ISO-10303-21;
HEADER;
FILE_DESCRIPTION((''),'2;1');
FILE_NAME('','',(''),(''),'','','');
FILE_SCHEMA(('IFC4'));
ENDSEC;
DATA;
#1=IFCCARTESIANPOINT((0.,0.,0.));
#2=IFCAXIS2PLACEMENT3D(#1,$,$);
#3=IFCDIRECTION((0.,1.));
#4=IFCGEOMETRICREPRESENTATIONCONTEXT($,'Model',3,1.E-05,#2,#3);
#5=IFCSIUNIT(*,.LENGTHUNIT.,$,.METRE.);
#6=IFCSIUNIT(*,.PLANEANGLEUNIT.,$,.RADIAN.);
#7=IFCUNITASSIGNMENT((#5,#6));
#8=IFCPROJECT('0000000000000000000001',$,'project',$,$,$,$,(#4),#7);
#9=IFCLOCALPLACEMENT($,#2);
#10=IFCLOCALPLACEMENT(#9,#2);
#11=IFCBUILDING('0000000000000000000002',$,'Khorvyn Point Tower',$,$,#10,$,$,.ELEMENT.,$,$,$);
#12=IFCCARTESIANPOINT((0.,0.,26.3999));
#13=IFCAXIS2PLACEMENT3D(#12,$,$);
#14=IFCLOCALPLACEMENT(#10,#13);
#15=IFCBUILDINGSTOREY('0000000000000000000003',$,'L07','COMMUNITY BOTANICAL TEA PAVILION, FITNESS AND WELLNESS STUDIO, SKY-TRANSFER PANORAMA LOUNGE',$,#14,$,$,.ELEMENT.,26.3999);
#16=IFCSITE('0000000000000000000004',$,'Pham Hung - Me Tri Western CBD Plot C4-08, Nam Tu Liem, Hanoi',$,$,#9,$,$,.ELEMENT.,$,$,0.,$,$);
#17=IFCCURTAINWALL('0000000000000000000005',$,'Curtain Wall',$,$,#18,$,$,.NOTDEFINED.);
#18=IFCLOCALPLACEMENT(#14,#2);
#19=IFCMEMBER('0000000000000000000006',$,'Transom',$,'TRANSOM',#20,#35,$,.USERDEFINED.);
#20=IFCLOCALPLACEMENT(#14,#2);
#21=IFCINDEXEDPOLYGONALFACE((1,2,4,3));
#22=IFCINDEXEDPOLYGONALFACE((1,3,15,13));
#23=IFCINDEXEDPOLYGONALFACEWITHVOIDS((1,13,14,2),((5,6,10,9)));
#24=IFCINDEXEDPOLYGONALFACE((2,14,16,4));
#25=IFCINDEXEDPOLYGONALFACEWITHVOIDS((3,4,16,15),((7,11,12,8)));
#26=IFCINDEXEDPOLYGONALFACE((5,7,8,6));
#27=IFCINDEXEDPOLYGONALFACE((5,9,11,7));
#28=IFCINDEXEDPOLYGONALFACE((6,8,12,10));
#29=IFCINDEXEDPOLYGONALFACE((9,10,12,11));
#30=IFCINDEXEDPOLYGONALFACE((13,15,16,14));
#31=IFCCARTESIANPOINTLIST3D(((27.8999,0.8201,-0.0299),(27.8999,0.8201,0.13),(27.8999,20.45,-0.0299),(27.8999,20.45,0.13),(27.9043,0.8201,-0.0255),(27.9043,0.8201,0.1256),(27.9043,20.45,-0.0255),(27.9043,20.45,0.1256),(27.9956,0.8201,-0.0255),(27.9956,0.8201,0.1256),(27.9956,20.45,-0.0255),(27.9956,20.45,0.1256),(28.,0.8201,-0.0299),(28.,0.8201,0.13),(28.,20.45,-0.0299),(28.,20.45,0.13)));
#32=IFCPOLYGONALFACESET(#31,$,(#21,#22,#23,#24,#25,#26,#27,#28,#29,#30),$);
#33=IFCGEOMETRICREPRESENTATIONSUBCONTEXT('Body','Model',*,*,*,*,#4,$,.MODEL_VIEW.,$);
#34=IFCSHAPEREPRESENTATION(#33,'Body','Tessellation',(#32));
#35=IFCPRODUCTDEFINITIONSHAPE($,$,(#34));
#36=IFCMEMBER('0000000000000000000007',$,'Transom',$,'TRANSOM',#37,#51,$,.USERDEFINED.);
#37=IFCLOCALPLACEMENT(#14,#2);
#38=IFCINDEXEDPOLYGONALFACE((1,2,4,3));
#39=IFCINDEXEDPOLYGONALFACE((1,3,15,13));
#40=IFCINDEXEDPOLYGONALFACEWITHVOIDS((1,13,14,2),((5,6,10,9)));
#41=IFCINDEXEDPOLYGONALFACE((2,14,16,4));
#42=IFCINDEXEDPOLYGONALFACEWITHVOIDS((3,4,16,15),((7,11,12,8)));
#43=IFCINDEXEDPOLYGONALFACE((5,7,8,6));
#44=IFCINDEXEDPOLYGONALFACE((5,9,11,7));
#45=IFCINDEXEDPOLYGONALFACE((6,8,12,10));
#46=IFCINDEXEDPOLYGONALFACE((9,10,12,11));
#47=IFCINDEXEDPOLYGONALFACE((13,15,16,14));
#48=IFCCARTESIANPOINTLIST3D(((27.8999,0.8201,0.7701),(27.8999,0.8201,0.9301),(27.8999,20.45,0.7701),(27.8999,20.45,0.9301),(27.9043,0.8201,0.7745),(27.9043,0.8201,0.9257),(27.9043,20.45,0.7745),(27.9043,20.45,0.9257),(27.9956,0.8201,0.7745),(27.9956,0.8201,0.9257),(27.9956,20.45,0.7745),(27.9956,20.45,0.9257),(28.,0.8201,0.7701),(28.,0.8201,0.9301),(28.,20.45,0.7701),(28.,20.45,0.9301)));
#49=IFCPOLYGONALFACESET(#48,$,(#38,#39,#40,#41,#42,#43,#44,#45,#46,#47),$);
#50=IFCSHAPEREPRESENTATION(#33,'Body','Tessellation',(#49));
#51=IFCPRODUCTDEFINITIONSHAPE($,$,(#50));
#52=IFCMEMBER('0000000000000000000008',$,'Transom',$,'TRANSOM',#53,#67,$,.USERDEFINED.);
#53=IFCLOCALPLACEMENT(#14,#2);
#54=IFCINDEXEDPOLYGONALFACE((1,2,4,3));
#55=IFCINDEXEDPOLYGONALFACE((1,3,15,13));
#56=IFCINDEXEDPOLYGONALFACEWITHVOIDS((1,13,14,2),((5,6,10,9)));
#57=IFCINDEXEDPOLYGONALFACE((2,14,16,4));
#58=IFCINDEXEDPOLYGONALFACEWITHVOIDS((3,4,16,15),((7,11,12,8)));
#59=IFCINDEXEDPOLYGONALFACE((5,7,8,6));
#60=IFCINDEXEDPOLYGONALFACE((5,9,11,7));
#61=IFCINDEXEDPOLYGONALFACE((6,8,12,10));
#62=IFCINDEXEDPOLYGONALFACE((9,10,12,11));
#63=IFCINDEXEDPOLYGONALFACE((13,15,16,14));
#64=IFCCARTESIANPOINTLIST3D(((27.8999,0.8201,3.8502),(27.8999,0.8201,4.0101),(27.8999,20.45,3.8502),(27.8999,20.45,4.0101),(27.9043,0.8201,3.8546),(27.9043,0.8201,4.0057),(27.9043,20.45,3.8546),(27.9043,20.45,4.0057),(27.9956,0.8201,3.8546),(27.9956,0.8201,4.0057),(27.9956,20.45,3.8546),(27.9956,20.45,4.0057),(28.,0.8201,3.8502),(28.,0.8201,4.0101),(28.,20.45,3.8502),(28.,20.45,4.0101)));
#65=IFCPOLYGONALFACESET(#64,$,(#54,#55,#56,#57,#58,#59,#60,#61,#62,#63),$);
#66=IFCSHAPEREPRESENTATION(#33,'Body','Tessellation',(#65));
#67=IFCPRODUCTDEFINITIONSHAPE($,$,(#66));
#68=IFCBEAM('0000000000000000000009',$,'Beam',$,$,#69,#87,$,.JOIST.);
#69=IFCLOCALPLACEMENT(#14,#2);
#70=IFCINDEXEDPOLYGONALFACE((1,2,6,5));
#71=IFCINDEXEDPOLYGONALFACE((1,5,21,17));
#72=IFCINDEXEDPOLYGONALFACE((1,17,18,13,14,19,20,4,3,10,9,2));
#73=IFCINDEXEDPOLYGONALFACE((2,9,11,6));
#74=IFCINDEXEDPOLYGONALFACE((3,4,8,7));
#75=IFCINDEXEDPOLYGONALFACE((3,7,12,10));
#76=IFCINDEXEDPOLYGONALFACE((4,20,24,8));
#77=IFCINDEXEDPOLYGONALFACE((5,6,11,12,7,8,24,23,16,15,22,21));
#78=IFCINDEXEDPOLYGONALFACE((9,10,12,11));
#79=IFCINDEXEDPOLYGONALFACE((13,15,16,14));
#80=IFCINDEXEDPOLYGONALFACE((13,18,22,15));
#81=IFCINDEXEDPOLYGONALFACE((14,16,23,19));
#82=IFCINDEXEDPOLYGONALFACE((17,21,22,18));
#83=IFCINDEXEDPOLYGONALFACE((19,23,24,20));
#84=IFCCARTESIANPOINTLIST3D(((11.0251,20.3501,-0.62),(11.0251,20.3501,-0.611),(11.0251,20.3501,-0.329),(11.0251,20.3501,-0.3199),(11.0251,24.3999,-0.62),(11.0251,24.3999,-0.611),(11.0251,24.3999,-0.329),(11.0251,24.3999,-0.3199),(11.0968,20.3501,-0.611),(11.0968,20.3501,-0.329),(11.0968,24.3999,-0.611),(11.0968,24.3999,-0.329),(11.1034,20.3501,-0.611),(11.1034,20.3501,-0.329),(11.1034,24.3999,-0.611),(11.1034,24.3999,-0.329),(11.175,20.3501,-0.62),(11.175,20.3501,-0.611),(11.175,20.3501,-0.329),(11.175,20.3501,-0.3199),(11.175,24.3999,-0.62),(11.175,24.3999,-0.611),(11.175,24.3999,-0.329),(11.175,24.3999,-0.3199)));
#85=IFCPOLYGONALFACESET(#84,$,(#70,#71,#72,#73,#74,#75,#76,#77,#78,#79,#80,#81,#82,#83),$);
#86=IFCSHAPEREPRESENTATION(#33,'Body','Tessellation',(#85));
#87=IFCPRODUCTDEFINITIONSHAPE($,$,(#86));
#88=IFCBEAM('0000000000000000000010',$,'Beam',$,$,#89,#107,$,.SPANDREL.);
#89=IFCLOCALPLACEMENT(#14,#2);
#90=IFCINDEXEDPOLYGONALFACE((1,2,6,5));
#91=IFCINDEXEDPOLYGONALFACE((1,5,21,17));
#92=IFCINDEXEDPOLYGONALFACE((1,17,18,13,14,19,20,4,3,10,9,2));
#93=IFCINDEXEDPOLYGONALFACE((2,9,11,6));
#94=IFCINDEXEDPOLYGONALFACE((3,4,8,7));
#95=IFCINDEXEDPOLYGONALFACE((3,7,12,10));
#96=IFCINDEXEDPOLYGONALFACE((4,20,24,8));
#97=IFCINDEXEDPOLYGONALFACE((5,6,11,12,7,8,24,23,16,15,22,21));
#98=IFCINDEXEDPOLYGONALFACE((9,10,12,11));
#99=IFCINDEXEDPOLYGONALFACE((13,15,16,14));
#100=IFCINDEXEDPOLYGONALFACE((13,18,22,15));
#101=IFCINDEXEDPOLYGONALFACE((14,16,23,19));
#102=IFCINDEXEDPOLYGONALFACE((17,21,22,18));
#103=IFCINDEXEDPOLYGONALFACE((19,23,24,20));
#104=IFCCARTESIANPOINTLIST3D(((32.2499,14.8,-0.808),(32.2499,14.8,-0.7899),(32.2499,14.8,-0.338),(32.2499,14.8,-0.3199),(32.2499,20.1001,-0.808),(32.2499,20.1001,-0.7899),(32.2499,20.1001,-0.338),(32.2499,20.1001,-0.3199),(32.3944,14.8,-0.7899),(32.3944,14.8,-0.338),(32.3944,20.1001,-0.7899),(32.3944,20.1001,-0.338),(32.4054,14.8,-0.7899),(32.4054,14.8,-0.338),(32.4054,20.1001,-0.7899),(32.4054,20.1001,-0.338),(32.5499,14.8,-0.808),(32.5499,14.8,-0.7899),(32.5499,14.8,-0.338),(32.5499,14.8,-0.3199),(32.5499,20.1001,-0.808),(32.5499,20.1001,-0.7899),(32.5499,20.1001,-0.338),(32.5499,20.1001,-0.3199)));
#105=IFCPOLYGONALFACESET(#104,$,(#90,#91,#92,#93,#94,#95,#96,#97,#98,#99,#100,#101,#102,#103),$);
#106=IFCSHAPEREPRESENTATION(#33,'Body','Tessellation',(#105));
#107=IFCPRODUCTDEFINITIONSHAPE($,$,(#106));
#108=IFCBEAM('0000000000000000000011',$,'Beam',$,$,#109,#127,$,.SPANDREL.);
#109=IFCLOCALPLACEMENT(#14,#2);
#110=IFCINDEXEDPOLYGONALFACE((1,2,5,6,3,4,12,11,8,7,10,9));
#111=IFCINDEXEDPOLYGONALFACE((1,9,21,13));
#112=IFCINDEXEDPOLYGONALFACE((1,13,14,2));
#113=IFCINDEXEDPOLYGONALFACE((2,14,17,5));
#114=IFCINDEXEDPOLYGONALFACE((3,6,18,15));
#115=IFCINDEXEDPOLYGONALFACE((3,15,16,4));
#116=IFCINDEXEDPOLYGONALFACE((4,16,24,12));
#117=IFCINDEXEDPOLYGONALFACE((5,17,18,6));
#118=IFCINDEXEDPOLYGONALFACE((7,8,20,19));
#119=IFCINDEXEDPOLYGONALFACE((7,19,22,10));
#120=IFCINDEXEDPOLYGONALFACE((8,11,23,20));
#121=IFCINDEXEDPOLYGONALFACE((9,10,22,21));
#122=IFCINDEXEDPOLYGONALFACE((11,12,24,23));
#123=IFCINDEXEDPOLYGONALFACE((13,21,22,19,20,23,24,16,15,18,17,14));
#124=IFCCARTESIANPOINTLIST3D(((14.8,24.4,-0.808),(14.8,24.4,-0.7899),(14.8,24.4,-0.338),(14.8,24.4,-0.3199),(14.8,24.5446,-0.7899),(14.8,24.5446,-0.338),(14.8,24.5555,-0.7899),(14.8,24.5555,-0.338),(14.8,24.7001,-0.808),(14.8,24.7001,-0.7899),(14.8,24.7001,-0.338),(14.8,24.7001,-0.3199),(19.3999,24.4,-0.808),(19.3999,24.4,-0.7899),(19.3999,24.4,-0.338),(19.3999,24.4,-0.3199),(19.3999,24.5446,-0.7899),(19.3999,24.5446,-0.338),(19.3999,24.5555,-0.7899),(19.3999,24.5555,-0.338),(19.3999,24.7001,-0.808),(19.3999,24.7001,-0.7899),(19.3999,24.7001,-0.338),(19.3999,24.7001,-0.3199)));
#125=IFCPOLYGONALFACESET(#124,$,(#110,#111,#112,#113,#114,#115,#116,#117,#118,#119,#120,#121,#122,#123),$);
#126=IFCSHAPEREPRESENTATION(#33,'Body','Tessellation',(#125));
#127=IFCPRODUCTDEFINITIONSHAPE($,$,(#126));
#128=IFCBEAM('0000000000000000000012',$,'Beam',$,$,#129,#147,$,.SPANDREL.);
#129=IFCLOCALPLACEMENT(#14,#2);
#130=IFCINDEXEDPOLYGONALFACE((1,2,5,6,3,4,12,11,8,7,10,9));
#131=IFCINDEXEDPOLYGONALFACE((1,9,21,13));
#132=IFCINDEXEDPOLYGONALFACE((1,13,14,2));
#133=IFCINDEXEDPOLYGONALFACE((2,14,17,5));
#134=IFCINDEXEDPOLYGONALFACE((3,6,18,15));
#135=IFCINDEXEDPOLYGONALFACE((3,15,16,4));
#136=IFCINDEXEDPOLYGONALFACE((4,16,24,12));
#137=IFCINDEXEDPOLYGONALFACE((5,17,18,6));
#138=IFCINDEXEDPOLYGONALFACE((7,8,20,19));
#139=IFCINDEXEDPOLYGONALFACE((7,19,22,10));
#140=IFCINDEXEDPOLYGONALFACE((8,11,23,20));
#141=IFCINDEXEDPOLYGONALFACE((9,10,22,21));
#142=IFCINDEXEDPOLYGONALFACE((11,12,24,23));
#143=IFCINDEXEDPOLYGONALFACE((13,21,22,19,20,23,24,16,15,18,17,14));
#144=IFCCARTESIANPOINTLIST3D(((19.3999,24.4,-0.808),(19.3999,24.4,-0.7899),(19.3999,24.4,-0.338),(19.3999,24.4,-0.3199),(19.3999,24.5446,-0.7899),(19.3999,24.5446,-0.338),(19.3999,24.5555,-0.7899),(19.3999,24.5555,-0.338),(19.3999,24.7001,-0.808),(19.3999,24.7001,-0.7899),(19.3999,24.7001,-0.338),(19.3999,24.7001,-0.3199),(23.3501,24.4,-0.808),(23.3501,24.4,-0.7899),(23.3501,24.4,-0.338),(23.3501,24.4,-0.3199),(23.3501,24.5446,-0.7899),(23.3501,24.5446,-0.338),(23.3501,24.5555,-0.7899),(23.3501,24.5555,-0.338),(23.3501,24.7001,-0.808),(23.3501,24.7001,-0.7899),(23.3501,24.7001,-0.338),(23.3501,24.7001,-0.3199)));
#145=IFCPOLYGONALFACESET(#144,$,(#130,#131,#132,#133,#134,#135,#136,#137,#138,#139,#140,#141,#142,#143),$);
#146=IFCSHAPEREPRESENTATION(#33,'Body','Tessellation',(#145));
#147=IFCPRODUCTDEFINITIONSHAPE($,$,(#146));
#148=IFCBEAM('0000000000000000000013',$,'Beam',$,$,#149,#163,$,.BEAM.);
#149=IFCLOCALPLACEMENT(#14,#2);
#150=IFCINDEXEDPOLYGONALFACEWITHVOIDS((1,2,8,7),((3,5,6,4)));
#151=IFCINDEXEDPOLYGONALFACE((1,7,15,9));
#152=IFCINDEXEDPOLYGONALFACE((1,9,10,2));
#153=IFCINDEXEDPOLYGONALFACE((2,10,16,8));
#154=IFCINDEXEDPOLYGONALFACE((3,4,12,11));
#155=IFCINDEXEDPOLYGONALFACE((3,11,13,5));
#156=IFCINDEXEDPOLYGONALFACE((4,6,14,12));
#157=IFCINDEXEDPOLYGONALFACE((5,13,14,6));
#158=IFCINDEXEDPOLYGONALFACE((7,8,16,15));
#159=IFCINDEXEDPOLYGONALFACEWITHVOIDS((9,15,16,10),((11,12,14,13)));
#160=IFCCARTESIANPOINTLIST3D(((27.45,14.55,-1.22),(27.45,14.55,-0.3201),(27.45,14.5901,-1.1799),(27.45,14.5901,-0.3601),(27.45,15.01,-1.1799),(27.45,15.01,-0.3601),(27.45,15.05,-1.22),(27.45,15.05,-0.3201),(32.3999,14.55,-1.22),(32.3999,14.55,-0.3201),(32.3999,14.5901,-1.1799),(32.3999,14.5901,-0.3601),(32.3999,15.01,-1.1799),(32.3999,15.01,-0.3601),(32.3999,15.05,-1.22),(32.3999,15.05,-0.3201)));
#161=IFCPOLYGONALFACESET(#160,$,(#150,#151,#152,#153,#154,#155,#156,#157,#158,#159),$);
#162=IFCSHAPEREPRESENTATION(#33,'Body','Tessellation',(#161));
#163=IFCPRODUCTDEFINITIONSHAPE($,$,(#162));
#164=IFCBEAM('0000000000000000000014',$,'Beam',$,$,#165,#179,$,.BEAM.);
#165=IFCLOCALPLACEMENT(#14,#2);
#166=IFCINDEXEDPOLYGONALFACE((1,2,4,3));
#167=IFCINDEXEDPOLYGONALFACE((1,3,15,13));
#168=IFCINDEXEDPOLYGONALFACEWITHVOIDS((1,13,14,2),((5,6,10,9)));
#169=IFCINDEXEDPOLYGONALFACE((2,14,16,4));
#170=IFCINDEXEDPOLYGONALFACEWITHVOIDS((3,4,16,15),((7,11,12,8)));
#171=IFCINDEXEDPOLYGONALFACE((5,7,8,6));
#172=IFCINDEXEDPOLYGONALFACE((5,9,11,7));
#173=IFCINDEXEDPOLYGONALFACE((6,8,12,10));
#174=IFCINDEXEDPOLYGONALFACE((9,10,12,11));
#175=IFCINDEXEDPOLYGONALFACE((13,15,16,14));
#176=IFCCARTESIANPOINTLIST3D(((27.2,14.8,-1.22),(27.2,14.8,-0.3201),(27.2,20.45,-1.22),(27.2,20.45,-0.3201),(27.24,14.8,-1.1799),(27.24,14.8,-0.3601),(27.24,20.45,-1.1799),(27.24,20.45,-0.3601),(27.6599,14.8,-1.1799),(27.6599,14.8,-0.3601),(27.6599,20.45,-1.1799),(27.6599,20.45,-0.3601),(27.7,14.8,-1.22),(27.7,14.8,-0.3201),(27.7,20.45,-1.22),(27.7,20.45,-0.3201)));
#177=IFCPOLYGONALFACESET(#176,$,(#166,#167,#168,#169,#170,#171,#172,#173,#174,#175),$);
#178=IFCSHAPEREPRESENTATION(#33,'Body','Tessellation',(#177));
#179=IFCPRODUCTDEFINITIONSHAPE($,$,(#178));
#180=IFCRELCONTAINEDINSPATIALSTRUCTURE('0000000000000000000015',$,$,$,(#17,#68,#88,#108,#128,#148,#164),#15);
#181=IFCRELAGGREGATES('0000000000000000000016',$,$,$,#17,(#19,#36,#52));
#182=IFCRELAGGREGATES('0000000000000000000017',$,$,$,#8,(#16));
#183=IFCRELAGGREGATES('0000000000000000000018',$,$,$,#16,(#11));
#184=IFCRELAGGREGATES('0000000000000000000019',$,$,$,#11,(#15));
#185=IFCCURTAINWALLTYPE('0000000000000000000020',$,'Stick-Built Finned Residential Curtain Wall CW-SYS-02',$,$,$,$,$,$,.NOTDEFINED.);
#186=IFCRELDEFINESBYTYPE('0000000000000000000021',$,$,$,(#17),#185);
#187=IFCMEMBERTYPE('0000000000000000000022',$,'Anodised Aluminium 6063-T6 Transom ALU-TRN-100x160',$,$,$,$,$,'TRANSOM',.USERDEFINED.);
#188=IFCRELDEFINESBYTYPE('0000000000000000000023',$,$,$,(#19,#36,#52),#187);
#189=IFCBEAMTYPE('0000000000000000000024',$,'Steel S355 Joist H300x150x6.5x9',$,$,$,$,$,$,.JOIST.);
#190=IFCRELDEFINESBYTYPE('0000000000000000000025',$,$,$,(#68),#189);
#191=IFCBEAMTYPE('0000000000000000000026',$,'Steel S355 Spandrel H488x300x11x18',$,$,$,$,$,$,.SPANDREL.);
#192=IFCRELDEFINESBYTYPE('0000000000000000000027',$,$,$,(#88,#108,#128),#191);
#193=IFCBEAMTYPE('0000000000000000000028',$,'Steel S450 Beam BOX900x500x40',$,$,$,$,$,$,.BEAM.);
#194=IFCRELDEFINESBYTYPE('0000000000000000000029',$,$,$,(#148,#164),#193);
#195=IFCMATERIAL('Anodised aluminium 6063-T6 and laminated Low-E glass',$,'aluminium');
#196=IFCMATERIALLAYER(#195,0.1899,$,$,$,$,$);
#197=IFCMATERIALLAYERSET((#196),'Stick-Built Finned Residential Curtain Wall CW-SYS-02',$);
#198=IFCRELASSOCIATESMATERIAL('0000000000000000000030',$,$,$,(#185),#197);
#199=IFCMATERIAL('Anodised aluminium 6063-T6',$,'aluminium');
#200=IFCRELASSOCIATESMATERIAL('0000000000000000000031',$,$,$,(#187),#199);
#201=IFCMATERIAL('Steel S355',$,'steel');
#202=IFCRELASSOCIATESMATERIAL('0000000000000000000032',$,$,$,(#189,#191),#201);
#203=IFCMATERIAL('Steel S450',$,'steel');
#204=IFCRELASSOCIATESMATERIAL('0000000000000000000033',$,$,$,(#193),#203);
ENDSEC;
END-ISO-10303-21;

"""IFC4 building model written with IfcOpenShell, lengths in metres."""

from ifc_helpers import new_model, si_unit, direction, frame, origin, origin_2d, place, context, subcontext, project, spatial, hollow_rectangle, i_section, extrude, material, layer, layer_set, material_profile, profile_set, type_object, element, aggregate, save


model = new_model("IFC4")

# Units and contexts
model_context = context("Model", 3, precision=1e-05, world=origin(), true_north=direction((0.0, 1.0)))
body_context = subcontext(model_context, "Body", "Model", "MODEL_VIEW")
ifc_project = project(units=[si_unit("LENGTHUNIT", "METRE"), si_unit("PLANEANGLEUNIT", "RADIAN")], contexts=[model_context])

# Site, building, storey
site_placement = place(None, origin())
site = spatial("IfcSite", under=ifc_project, at=site_placement, Name="Pham Hung - Me Tri Western CBD Plot C4-08, Nam Tu Liem, Hanoi", CompositionType="ELEMENT", RefElevation=0.0)
building_placement = place(site_placement, origin())
building = spatial("IfcBuilding", under=site, at=building_placement, Name="Khorvyn Point Tower", CompositionType="ELEMENT")
storey_placement = place(building_placement, frame((0.0, 0.0, 26.3999)))
storey = spatial("IfcBuildingStorey", under=building, at=storey_placement, Name="L07", Description="COMMUNITY BOTANICAL TEA PAVILION, FITNESS AND WELLNESS STUDIO, SKY-TRANSFER PANORAMA LOUNGE", CompositionType="ELEMENT", Elevation=26.3999)

# Shared definitions
ifc_material_1 = material(Name="Steel S450", Category="steel")

# Shared definitions
ifc_material_2 = material(Name="Anodised aluminium 6063-T6 and laminated Low-E glass", Category="aluminium")
ifc_layer_1 = layer(ifc_material_2, 0.1899)
ifc_layer_set_1 = layer_set([ifc_layer_1], Name="Stick-Built Finned Residential Curtain Wall CW-SYS-02")
curtain_wall_type = type_object("IfcCurtainWallType", Name="Stick-Built Finned Residential Curtain Wall CW-SYS-02", PredefinedType="NOTDEFINED", material=ifc_layer_set_1)
ifc_material_3 = material(Name="Anodised aluminium 6063-T6", Category="aluminium")

# Curtain wall
curtain_wall_1_placement = place(storey_placement, origin())
curtain_wall_1 = element("IfcCurtainWall", 1, at=curtain_wall_1_placement, inside=storey, type_object=curtain_wall_type, Name="Curtain Wall", PredefinedType="NOTDEFINED")

# Members
ifc_material_profile_1 = material_profile(ifc_material_3, hollow_rectangle(XDim=0.1001, YDim=0.1599, WallThickness=0.0044, at=origin_2d()))
ifc_profile_set_1 = profile_set([ifc_material_profile_1], Name="Anodised aluminium 6063-T6 ALU-TRN-100x160")
member_type_1 = type_object("IfcMemberType", Name="Anodised Aluminium 6063-T6 Transom ALU-TRN-100x160", ElementType="TRANSOM", PredefinedType="USERDEFINED", material=ifc_profile_set_1)
member_1_placement = place(storey_placement, frame((27.95, 20.45, 0.05), z_axis=(0.0, -1.0, 0.0), x_axis=(1.0, 0.0, 0.0)))
member_1 = element("IfcMember", 2, at=member_1_placement, type_object=member_type_1, Name="Transom", ObjectType="TRANSOM", PredefinedType="USERDEFINED", context=body_context, shape_type="SweptSolid", body=[
    extrude(hollow_rectangle(XDim=0.1001, YDim=0.1599, WallThickness=0.0044, at=origin_2d()), origin(), (0.0, 0.0, 1.0), 19.6299),
])
member_2_placement = place(storey_placement, frame((27.95, 20.45, 0.8501), z_axis=(0.0, -1.0, 0.0), x_axis=(1.0, 0.0, 0.0)))
member_2 = element("IfcMember", 3, at=member_2_placement, type_object=member_type_1, Name="Transom", ObjectType="TRANSOM", PredefinedType="USERDEFINED", context=body_context, shape_type="SweptSolid", body=[
    extrude(hollow_rectangle(XDim=0.1001, YDim=0.1599, WallThickness=0.0044, at=origin_2d()), origin(), (0.0, 0.0, 1.0), 19.6299),
])
member_3_placement = place(storey_placement, frame((27.95, 20.45, 3.9302), z_axis=(0.0, -1.0, 0.0), x_axis=(1.0, 0.0, 0.0)))
member_3 = element("IfcMember", 4, at=member_3_placement, type_object=member_type_1, Name="Transom", ObjectType="TRANSOM", PredefinedType="USERDEFINED", context=body_context, shape_type="SweptSolid", body=[
    extrude(hollow_rectangle(XDim=0.1001, YDim=0.1599, WallThickness=0.0044, at=origin_2d()), origin(), (0.0, 0.0, 1.0), 19.6299),
])
aggregate(curtain_wall_1, [member_1, member_2, member_3])

# Beams
ifc_material_4 = material(Name="Steel S355", Category="steel")
ifc_material_profile_2 = material_profile(ifc_material_4, i_section(OverallWidth=0.1499, OverallDepth=0.3, WebThickness=0.0066, FlangeThickness=0.009, at=origin_2d()))
ifc_profile_set_2 = profile_set([ifc_material_profile_2], Name="Steel S355 H300x150x6.5x9")
beam_type_1 = type_object("IfcBeamType", Name="Steel S355 Joist H300x150x6.5x9", PredefinedType="JOIST", material=ifc_profile_set_2)
beam_1_placement = place(storey_placement, frame((11.1001, 20.3501, -0.47), z_axis=(0.0, 1.0, 0.0), x_axis=(-1.0, 0.0, 0.0)))
element("IfcBeam", 5, at=beam_1_placement, inside=storey, type_object=beam_type_1, Name="Beam", PredefinedType="JOIST", context=body_context, shape_type="SweptSolid", body=[
    extrude(i_section(OverallWidth=0.1499, OverallDepth=0.3, WebThickness=0.0066, FlangeThickness=0.009, at=origin_2d()), origin(), (0.0, 0.0, 1.0), 4.0498),
])
ifc_material_profile_3 = material_profile(ifc_material_4, i_section(OverallWidth=0.3, OverallDepth=0.488, WebThickness=0.011, FlangeThickness=0.0181, at=origin_2d()))
ifc_profile_set_3 = profile_set([ifc_material_profile_3], Name="Steel S355 H488x300x11x18")
beam_type_2 = type_object("IfcBeamType", Name="Steel S355 Spandrel H488x300x11x18", PredefinedType="SPANDREL", material=ifc_profile_set_3)
beam_2_placement = place(storey_placement, frame((32.3999, 14.8, -0.564), z_axis=(0.0, 1.0, 0.0), x_axis=(-1.0, 0.0, 0.0)))
element("IfcBeam", 6, at=beam_2_placement, inside=storey, type_object=beam_type_2, Name="Beam", PredefinedType="SPANDREL", context=body_context, shape_type="SweptSolid", body=[
    extrude(i_section(OverallWidth=0.3, OverallDepth=0.488, WebThickness=0.011, FlangeThickness=0.0181, at=origin_2d()), origin(), (0.0, 0.0, 1.0), 5.3),
])
beam_3_placement = place(storey_placement, frame((14.8, 24.55, -0.564), z_axis=(1.0, 0.0, 0.0), x_axis=(0.0, 1.0, 0.0)))
element("IfcBeam", 7, at=beam_3_placement, inside=storey, type_object=beam_type_2, Name="Beam", PredefinedType="SPANDREL", context=body_context, shape_type="SweptSolid", body=[
    extrude(i_section(OverallWidth=0.3, OverallDepth=0.488, WebThickness=0.011, FlangeThickness=0.0181, at=origin_2d()), origin(), (0.0, 0.0, 1.0), 4.5999),
])
beam_4_placement = place(storey_placement, frame((19.3999, 24.55, -0.564), z_axis=(1.0, 0.0, 0.0), x_axis=(0.0, 1.0, 0.0)))
element("IfcBeam", 8, at=beam_4_placement, inside=storey, type_object=beam_type_2, Name="Beam", PredefinedType="SPANDREL", context=body_context, shape_type="SweptSolid", body=[
    extrude(i_section(OverallWidth=0.3, OverallDepth=0.488, WebThickness=0.011, FlangeThickness=0.0181, at=origin_2d()), origin(), (0.0, 0.0, 1.0), 3.9502),
])
ifc_material_profile_4 = material_profile(ifc_material_1, hollow_rectangle(XDim=0.5, YDim=0.8999, WallThickness=0.04, at=origin_2d()))
ifc_profile_set_4 = profile_set([ifc_material_profile_4], Name="Steel S450 BOX900x500x40")
beam_type_3 = type_object("IfcBeamType", Name="Steel S450 Beam BOX900x500x40", PredefinedType="BEAM", material=ifc_profile_set_4)
beam_5_placement = place(storey_placement, frame((27.45, 14.8, -0.77), z_axis=(1.0, 0.0, 0.0), x_axis=(0.0, 1.0, 0.0)))
element("IfcBeam", 9, at=beam_5_placement, inside=storey, type_object=beam_type_3, Name="Beam", PredefinedType="BEAM", context=body_context, shape_type="SweptSolid", body=[
    extrude(hollow_rectangle(XDim=0.5, YDim=0.8999, WallThickness=0.04, at=origin_2d()), origin(), (0.0, 0.0, 1.0), 4.95),
])
beam_6_placement = place(storey_placement, frame((27.45, 14.8, -0.77), z_axis=(0.0, 1.0, 0.0), x_axis=(-1.0, 0.0, 0.0)))
element("IfcBeam", 10, at=beam_6_placement, inside=storey, type_object=beam_type_3, Name="Beam", PredefinedType="BEAM", context=body_context, shape_type="SweptSolid", body=[
    extrude(hollow_rectangle(XDim=0.5, YDim=0.8999, WallThickness=0.04, at=origin_2d()), origin(), (0.0, 0.0, 1.0), 5.6499),
])

save(model, "model.ifc")
